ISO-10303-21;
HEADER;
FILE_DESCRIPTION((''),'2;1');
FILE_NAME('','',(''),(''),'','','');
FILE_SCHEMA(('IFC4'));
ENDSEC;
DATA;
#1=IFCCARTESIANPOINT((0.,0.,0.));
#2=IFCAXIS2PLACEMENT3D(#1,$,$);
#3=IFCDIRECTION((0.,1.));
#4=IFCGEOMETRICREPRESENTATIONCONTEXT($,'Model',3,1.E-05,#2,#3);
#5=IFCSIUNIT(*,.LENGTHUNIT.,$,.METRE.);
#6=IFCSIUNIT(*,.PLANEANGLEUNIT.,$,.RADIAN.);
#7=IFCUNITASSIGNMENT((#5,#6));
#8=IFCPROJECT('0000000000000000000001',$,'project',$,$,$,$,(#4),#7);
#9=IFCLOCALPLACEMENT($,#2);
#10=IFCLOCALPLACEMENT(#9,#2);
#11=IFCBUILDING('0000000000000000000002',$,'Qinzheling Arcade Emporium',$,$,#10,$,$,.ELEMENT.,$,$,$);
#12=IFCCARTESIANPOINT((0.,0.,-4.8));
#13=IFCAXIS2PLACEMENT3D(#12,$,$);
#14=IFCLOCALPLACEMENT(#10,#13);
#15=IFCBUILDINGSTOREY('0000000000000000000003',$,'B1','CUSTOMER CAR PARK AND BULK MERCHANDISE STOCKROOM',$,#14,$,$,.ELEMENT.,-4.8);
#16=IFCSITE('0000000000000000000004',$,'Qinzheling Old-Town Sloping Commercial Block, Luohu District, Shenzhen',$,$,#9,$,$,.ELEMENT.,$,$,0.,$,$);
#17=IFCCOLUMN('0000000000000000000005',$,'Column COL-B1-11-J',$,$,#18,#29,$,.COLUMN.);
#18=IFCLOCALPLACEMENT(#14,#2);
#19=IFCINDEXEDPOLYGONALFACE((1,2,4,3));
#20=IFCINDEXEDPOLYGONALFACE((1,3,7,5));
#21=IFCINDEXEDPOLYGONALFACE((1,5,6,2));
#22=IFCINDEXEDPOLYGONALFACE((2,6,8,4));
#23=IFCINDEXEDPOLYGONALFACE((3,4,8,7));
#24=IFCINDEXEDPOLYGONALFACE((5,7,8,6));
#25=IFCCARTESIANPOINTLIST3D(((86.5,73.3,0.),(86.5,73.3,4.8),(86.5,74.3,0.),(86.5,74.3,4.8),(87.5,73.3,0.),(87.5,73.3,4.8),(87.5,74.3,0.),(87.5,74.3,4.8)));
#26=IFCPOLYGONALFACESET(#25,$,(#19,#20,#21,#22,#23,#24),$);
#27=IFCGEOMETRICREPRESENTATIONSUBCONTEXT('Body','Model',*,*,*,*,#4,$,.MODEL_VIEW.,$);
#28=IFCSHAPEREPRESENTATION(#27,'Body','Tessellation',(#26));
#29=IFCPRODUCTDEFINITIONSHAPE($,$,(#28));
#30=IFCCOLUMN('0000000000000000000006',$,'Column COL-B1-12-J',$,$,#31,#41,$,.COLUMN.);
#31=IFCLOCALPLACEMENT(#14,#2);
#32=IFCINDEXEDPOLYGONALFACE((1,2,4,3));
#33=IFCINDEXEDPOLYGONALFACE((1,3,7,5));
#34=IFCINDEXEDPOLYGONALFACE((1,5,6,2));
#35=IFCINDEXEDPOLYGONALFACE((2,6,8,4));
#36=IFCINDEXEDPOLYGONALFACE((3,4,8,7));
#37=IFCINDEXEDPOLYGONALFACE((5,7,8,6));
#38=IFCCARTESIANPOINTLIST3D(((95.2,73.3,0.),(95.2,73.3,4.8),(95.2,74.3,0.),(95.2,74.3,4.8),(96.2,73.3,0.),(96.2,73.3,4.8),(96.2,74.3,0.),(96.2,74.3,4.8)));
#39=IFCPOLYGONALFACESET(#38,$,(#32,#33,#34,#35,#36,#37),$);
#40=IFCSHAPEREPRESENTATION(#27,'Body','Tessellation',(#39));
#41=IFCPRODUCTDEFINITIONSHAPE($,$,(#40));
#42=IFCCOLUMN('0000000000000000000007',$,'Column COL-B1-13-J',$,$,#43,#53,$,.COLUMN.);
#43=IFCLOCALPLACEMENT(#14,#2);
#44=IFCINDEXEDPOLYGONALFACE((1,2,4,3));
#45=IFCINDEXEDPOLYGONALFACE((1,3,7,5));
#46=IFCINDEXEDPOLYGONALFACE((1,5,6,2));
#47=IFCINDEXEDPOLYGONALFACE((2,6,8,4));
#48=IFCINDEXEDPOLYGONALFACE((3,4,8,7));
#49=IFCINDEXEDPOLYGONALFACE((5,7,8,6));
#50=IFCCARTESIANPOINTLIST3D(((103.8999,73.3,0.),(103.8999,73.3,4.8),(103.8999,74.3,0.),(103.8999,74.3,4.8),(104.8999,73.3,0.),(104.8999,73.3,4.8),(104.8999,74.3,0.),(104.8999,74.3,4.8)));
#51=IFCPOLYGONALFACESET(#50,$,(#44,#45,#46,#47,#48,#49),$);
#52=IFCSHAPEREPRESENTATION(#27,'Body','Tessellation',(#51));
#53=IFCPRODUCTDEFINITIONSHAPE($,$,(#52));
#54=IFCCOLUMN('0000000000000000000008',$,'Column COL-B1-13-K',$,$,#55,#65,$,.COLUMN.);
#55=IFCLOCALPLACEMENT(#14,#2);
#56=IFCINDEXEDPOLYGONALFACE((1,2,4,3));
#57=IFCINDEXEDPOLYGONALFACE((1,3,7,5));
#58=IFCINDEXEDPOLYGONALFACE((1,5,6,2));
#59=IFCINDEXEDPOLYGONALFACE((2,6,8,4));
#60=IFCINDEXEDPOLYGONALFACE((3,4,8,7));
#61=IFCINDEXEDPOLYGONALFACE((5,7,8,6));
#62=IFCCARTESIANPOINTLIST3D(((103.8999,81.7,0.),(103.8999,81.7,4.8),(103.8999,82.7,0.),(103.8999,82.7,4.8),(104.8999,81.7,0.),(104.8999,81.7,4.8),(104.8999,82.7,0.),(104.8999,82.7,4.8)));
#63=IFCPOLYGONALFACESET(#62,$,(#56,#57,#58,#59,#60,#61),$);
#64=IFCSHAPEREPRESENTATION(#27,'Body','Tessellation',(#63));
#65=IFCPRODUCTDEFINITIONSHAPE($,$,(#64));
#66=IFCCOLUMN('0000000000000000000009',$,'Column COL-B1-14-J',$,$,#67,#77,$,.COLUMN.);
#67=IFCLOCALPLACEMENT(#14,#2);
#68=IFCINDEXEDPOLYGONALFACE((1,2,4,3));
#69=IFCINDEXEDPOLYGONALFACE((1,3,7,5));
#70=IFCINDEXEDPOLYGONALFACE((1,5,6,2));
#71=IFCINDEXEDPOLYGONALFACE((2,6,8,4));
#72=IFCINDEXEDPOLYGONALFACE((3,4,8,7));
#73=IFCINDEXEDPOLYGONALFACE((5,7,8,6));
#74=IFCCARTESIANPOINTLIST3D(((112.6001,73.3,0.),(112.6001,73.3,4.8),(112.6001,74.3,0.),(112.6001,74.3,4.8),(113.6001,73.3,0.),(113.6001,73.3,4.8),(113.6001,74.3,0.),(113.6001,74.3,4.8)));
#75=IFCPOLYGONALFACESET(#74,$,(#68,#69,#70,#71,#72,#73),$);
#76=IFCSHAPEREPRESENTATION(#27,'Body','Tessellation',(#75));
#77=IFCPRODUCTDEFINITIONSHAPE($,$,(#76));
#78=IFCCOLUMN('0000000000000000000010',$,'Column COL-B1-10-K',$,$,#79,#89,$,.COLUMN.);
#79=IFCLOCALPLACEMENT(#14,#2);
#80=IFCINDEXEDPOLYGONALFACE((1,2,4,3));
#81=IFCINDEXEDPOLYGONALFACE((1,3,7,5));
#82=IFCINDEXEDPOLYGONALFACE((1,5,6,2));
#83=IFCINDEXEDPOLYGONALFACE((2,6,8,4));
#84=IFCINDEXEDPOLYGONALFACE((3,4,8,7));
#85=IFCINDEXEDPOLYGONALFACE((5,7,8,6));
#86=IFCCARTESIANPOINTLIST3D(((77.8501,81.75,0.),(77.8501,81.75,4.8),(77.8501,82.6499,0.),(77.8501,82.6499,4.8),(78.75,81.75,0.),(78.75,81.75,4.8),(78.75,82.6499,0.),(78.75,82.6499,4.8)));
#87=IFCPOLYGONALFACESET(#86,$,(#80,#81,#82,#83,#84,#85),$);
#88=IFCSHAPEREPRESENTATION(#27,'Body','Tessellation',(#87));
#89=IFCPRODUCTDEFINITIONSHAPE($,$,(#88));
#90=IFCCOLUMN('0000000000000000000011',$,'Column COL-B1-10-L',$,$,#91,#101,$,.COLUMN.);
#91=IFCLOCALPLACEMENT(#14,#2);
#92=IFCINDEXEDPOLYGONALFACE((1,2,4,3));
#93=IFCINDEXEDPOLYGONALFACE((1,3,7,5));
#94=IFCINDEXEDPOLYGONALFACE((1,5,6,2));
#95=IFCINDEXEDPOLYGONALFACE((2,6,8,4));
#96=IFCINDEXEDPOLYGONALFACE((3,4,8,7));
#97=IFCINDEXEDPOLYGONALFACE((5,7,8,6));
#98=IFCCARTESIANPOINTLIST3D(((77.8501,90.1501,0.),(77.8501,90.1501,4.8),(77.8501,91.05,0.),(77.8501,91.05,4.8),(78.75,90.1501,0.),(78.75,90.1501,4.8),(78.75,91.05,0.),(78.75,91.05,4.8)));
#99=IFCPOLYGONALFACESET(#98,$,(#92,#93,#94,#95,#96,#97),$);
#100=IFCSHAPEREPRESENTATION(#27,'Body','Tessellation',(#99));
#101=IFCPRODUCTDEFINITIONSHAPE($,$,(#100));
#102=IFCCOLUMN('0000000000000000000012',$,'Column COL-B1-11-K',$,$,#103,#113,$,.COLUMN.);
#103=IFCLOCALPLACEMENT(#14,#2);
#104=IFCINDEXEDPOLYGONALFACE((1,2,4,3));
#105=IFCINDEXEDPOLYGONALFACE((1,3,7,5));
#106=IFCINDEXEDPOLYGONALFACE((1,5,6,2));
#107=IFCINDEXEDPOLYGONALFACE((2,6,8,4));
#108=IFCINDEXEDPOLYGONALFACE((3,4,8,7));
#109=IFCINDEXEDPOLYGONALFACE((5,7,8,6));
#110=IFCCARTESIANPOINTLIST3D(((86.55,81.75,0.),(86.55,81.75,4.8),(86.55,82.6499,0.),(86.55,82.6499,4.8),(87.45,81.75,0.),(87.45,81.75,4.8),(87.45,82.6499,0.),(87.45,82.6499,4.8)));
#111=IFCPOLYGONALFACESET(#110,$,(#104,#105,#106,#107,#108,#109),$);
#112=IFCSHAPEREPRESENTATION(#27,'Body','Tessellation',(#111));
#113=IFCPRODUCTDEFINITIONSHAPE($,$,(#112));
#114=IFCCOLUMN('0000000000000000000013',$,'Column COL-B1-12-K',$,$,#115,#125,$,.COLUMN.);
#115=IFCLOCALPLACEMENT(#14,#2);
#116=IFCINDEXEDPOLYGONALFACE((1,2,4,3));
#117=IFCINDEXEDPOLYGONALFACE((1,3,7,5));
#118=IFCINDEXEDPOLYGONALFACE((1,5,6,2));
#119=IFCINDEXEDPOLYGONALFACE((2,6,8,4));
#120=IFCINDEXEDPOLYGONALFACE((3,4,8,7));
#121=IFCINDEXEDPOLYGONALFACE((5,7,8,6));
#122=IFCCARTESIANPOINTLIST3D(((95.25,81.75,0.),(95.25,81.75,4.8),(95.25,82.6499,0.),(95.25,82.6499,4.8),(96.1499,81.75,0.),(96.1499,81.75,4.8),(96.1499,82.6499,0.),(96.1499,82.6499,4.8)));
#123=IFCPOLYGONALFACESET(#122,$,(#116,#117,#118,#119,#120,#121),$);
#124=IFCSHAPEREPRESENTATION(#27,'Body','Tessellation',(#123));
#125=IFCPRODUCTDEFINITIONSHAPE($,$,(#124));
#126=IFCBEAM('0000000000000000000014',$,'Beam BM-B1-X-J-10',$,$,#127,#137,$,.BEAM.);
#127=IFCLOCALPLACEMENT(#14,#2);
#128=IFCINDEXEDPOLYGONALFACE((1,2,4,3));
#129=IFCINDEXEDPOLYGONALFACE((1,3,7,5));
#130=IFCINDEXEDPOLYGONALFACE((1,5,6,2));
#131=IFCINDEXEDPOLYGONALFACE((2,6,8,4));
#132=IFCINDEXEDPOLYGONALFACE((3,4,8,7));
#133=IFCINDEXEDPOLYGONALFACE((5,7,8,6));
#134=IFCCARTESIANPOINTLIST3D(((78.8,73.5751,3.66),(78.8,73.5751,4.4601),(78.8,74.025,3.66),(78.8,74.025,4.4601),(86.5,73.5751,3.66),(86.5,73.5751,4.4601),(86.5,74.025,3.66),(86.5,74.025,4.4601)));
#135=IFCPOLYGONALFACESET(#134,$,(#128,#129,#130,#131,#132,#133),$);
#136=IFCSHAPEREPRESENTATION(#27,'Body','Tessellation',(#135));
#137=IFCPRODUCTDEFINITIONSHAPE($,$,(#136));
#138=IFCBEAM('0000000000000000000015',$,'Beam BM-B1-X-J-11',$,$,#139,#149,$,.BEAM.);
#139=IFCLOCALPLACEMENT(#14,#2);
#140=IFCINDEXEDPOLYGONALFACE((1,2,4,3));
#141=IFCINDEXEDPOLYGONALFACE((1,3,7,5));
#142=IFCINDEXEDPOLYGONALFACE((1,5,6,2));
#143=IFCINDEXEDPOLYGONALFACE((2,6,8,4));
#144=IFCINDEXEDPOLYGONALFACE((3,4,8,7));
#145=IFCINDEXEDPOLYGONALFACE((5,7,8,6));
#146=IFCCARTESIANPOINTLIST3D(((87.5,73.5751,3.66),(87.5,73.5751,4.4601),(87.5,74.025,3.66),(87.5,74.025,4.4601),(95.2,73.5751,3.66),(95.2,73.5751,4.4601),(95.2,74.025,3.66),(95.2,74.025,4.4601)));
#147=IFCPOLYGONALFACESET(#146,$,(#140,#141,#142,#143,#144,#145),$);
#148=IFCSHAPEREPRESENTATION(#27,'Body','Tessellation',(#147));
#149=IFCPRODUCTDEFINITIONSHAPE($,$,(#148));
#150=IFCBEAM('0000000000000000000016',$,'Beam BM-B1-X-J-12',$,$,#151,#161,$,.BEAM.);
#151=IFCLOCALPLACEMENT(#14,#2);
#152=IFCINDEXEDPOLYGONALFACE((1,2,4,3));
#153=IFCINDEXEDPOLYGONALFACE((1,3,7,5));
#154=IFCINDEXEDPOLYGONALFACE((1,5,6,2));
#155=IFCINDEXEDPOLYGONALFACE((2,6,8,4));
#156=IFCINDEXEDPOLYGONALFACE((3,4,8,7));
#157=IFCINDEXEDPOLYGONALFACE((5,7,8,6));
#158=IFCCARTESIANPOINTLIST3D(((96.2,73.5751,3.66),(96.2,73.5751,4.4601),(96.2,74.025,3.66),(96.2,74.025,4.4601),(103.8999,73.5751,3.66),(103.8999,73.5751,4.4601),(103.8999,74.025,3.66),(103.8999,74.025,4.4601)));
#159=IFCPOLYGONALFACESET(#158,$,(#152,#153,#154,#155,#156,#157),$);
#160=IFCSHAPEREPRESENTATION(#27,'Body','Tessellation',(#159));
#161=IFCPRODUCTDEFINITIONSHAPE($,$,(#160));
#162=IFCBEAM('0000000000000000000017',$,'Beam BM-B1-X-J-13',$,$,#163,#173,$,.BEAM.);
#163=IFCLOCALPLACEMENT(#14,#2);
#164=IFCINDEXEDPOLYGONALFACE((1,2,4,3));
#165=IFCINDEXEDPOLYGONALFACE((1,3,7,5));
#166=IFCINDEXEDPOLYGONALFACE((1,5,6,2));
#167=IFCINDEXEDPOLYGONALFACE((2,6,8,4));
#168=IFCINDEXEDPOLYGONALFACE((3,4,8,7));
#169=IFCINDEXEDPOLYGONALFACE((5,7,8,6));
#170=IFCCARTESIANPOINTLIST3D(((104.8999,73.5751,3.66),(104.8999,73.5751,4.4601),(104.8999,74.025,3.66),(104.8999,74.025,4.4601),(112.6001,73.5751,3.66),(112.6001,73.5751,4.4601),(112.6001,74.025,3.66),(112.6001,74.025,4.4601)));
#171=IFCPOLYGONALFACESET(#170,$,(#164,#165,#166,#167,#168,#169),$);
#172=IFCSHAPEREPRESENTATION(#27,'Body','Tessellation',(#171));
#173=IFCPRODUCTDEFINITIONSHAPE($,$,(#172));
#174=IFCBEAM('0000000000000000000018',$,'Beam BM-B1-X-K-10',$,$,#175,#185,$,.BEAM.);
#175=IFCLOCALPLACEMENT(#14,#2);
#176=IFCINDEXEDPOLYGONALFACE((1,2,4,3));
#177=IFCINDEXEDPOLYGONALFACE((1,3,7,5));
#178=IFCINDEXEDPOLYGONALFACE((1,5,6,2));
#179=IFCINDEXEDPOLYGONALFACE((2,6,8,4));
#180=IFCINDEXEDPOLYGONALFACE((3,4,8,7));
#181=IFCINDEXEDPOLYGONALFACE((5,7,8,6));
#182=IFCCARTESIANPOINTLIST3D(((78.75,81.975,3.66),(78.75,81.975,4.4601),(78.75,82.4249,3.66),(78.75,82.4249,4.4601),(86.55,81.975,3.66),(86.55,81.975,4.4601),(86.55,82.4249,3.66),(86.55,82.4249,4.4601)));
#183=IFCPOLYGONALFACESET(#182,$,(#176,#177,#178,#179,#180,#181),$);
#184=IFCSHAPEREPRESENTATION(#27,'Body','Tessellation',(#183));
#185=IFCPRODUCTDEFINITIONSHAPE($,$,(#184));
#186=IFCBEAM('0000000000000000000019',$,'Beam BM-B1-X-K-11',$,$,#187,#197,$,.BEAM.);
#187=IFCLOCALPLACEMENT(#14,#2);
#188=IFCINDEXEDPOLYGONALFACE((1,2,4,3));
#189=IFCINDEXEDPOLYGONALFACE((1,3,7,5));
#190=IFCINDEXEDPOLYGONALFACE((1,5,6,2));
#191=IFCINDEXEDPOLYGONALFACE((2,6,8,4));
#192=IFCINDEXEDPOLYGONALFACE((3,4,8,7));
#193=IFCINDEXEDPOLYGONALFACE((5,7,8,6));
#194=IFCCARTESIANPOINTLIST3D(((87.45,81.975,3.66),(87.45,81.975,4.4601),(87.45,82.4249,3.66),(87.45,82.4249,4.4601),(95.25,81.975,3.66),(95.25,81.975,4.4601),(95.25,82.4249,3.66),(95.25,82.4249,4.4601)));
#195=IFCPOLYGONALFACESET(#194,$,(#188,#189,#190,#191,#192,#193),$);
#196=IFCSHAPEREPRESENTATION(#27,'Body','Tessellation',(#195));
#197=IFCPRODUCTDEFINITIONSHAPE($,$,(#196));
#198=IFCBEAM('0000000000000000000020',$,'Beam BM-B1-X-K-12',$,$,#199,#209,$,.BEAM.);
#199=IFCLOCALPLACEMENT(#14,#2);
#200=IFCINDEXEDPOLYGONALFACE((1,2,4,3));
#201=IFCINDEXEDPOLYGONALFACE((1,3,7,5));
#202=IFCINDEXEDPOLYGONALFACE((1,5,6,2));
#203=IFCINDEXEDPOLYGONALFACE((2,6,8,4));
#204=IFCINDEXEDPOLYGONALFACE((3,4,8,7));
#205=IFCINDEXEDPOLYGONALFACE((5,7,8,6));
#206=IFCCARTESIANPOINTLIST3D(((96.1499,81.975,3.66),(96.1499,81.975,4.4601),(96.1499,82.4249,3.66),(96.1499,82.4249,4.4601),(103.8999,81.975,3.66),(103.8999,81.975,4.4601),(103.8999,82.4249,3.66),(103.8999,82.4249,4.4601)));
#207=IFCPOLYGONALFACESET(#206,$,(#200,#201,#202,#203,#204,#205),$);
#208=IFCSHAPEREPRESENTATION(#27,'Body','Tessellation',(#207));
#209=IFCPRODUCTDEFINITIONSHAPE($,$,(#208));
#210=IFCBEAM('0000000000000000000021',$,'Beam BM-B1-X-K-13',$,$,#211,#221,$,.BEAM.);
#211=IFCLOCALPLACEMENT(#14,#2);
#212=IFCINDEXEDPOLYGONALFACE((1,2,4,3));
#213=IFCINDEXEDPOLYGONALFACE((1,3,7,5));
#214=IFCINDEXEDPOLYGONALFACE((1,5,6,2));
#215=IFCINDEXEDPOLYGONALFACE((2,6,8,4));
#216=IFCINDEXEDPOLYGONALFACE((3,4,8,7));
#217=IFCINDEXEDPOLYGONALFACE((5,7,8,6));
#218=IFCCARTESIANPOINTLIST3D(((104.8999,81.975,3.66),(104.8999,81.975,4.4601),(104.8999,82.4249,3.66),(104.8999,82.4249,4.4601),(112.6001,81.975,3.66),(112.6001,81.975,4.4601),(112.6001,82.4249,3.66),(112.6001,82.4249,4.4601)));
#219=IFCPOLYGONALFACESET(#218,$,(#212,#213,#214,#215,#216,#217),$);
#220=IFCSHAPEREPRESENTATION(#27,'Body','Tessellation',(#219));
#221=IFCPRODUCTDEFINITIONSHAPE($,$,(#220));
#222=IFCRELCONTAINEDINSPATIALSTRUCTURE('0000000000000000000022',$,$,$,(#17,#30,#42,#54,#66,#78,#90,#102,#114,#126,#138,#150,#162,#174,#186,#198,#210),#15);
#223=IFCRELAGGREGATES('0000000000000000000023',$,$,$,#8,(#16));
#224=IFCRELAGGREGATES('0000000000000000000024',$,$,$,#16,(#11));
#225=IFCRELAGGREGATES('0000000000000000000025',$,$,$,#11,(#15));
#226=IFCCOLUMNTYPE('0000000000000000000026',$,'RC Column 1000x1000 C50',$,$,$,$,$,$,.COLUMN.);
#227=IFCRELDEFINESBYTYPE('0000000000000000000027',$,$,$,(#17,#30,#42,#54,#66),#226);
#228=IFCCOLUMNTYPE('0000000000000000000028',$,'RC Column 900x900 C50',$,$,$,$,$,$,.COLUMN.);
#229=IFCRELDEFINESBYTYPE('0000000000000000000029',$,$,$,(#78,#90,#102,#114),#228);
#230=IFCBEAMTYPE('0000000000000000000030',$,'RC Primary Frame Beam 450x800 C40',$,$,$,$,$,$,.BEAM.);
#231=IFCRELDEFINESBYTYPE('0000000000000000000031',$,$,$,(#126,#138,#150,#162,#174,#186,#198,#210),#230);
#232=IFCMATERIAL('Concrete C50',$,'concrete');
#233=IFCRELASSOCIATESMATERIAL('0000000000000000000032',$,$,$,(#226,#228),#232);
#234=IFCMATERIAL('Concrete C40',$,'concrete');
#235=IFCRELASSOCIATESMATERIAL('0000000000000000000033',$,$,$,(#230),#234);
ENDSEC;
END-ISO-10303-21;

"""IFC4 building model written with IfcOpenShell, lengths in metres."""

from ifc_helpers import new_model, si_unit, direction, frame, origin, origin_2d, place, context, subcontext, project, spatial, rectangle, extrude, material, material_profile, profile_set, type_object, element, save


model = new_model("IFC4")

# Units and contexts
model_context = context("Model", 3, precision=1e-05, world=origin(), true_north=direction((0.0, 1.0)))
body_context = subcontext(model_context, "Body", "Model", "MODEL_VIEW")
ifc_project = project(units=[si_unit("LENGTHUNIT", "METRE"), si_unit("PLANEANGLEUNIT", "RADIAN")], contexts=[model_context])

# Site, building, storey
site_placement = place(None, origin())
site = spatial("IfcSite", under=ifc_project, at=site_placement, Name="Qinzheling Old-Town Sloping Commercial Block, Luohu District, Shenzhen", CompositionType="ELEMENT", RefElevation=0.0)
building_placement = place(site_placement, origin())
building = spatial("IfcBuilding", under=site, at=building_placement, Name="Qinzheling Arcade Emporium", CompositionType="ELEMENT")
storey_placement = place(building_placement, frame((0.0, 0.0, -4.8)))
storey = spatial("IfcBuildingStorey", under=building, at=storey_placement, Name="B1", Description="CUSTOMER CAR PARK AND BULK MERCHANDISE STOCKROOM", CompositionType="ELEMENT", Elevation=-4.8)

# Columns
ifc_material_1 = material(Name="Concrete C50", Category="concrete")
ifc_material_profile_1 = material_profile(ifc_material_1, rectangle(XDim=1.0, YDim=1.0, at=origin_2d()), Name="RC 1000x1000", Category="concrete")
ifc_profile_set_1 = profile_set([ifc_material_profile_1], Name="Concrete C50")
column_type_1 = type_object("IfcColumnType", Name="RC Column 1000x1000 C50", PredefinedType="COLUMN", material=ifc_profile_set_1)
for number, where, z_axis, x_axis, name in (
    (1, (87.0, 73.8, 0.0), (0.0, 0.0, 1.0), (1.0, 0.0, 0.0), "Column COL-B1-11-J"),
    (2, (95.7, 73.8, 0.0), (0.0, 0.0, 1.0), (1.0, 0.0, 0.0), "Column COL-B1-12-J"),
    (3, (104.3999, 73.8, 0.0), (0.0, 0.0, 1.0), (1.0, 0.0, 0.0), "Column COL-B1-13-J"),
    (4, (104.3999, 82.2, 0.0), (0.0, 0.0, 1.0), (1.0, 0.0, 0.0), "Column COL-B1-13-K"),
    (5, (113.1001, 73.8, 0.0), (0.0, 0.0, 1.0), (1.0, 0.0, 0.0), "Column COL-B1-14-J"),
):
    element("IfcColumn", number, at=place(storey_placement, frame(where, z_axis=z_axis, x_axis=x_axis)), inside=storey, type_object=column_type_1, Name=name, PredefinedType="COLUMN", context=body_context, shape_type="SweptSolid", body=[
        extrude(rectangle(XDim=1.0, YDim=1.0, at=origin_2d()), origin(), (0.0, 0.0, 1.0), 4.8),
    ])
ifc_material_profile_2 = material_profile(ifc_material_1, rectangle(XDim=0.8999, YDim=0.8999, at=origin_2d()), Name="RC 900x900", Category="concrete")
ifc_profile_set_2 = profile_set([ifc_material_profile_2], Name="Concrete C50")
column_type_2 = type_object("IfcColumnType", Name="RC Column 900x900 C50", PredefinedType="COLUMN", material=ifc_profile_set_2)
for number, where, z_axis, x_axis, name in (
    (6, (78.3, 82.2, 0.0), (0.0, 0.0, 1.0), (1.0, 0.0, 0.0), "Column COL-B1-10-K"),
    (7, (78.3, 90.6001, 0.0), (0.0, 0.0, 1.0), (1.0, 0.0, 0.0), "Column COL-B1-10-L"),
    (8, (87.0, 82.2, 0.0), (0.0, 0.0, 1.0), (1.0, 0.0, 0.0), "Column COL-B1-11-K"),
    (9, (95.7, 82.2, 0.0), (0.0, 0.0, 1.0), (1.0, 0.0, 0.0), "Column COL-B1-12-K"),
):
    element("IfcColumn", number, at=place(storey_placement, frame(where, z_axis=z_axis, x_axis=x_axis)), inside=storey, type_object=column_type_2, Name=name, PredefinedType="COLUMN", context=body_context, shape_type="SweptSolid", body=[
        extrude(rectangle(XDim=0.8999, YDim=0.8999, at=origin_2d()), origin(), (0.0, 0.0, 1.0), 4.8),
    ])

# Beams
ifc_material_2 = material(Name="Concrete C40", Category="concrete")
ifc_material_profile_3 = material_profile(ifc_material_2, rectangle(XDim=0.45, YDim=0.8, at=origin_2d()), Name="RC 450x800", Category="concrete")
ifc_profile_set_3 = profile_set([ifc_material_profile_3], Name="Concrete C40")
beam_type = type_object("IfcBeamType", Name="RC Primary Frame Beam 450x800 C40", PredefinedType="BEAM", material=ifc_profile_set_3)
for number, where, z_axis, x_axis, name in (
    (10, (78.8, 73.8, 4.0601), (1.0, 0.0, 0.0), (0.0, 1.0, 0.0), "Beam BM-B1-X-J-10"),
    (11, (87.5, 73.8, 4.0601), (1.0, 0.0, 0.0), (0.0, 1.0, 0.0), "Beam BM-B1-X-J-11"),
    (12, (96.2, 73.8, 4.0601), (1.0, 0.0, 0.0), (0.0, 1.0, 0.0), "Beam BM-B1-X-J-12"),
):
    element("IfcBeam", number, at=place(storey_placement, frame(where, z_axis=z_axis, x_axis=x_axis)), inside=storey, type_object=beam_type, Name=name, PredefinedType="BEAM", context=body_context, shape_type="SweptSolid", body=[
        extrude(rectangle(XDim=0.45, YDim=0.8, at=origin_2d()), origin(), (0.0, 0.0, 1.0), 7.7),
    ])
beam_1_placement = place(storey_placement, frame((104.8999, 73.8, 4.0601), z_axis=(1.0, 0.0, 0.0), x_axis=(0.0, 1.0, 0.0)))
element("IfcBeam", 13, at=beam_1_placement, inside=storey, type_object=beam_type, Name="Beam BM-B1-X-J-13", PredefinedType="BEAM", context=body_context, shape_type="SweptSolid", body=[
    extrude(rectangle(XDim=0.45, YDim=0.8, at=origin_2d()), origin(), (0.0, 0.0, 1.0), 7.7002),
])
for number, where, z_axis, x_axis, name in (
    (14, (78.75, 82.2, 4.0601), (1.0, 0.0, 0.0), (0.0, 1.0, 0.0), "Beam BM-B1-X-K-10"),
    (15, (87.45, 82.2, 4.0601), (1.0, 0.0, 0.0), (0.0, 1.0, 0.0), "Beam BM-B1-X-K-11"),
):
    element("IfcBeam", number, at=place(storey_placement, frame(where, z_axis=z_axis, x_axis=x_axis)), inside=storey, type_object=beam_type, Name=name, PredefinedType="BEAM", context=body_context, shape_type="SweptSolid", body=[
        extrude(rectangle(XDim=0.45, YDim=0.8, at=origin_2d()), origin(), (0.0, 0.0, 1.0), 7.8),
    ])
beam_2_placement = place(storey_placement, frame((96.1499, 82.2, 4.0601), z_axis=(1.0, 0.0, 0.0), x_axis=(0.0, 1.0, 0.0)))
element("IfcBeam", 16, at=beam_2_placement, inside=storey, type_object=beam_type, Name="Beam BM-B1-X-K-12", PredefinedType="BEAM", context=body_context, shape_type="SweptSolid", body=[
    extrude(rectangle(XDim=0.45, YDim=0.8, at=origin_2d()), origin(), (0.0, 0.0, 1.0), 7.75),
])
beam_3_placement = place(storey_placement, frame((104.8999, 82.2, 4.0601), z_axis=(1.0, 0.0, 0.0), x_axis=(0.0, 1.0, 0.0)))
element("IfcBeam", 17, at=beam_3_placement, inside=storey, type_object=beam_type, Name="Beam BM-B1-X-K-13", PredefinedType="BEAM", context=body_context, shape_type="SweptSolid", body=[
    extrude(rectangle(XDim=0.45, YDim=0.8, at=origin_2d()), origin(), (0.0, 0.0, 1.0), 7.7002),
])

save(model, "model.ifc")
